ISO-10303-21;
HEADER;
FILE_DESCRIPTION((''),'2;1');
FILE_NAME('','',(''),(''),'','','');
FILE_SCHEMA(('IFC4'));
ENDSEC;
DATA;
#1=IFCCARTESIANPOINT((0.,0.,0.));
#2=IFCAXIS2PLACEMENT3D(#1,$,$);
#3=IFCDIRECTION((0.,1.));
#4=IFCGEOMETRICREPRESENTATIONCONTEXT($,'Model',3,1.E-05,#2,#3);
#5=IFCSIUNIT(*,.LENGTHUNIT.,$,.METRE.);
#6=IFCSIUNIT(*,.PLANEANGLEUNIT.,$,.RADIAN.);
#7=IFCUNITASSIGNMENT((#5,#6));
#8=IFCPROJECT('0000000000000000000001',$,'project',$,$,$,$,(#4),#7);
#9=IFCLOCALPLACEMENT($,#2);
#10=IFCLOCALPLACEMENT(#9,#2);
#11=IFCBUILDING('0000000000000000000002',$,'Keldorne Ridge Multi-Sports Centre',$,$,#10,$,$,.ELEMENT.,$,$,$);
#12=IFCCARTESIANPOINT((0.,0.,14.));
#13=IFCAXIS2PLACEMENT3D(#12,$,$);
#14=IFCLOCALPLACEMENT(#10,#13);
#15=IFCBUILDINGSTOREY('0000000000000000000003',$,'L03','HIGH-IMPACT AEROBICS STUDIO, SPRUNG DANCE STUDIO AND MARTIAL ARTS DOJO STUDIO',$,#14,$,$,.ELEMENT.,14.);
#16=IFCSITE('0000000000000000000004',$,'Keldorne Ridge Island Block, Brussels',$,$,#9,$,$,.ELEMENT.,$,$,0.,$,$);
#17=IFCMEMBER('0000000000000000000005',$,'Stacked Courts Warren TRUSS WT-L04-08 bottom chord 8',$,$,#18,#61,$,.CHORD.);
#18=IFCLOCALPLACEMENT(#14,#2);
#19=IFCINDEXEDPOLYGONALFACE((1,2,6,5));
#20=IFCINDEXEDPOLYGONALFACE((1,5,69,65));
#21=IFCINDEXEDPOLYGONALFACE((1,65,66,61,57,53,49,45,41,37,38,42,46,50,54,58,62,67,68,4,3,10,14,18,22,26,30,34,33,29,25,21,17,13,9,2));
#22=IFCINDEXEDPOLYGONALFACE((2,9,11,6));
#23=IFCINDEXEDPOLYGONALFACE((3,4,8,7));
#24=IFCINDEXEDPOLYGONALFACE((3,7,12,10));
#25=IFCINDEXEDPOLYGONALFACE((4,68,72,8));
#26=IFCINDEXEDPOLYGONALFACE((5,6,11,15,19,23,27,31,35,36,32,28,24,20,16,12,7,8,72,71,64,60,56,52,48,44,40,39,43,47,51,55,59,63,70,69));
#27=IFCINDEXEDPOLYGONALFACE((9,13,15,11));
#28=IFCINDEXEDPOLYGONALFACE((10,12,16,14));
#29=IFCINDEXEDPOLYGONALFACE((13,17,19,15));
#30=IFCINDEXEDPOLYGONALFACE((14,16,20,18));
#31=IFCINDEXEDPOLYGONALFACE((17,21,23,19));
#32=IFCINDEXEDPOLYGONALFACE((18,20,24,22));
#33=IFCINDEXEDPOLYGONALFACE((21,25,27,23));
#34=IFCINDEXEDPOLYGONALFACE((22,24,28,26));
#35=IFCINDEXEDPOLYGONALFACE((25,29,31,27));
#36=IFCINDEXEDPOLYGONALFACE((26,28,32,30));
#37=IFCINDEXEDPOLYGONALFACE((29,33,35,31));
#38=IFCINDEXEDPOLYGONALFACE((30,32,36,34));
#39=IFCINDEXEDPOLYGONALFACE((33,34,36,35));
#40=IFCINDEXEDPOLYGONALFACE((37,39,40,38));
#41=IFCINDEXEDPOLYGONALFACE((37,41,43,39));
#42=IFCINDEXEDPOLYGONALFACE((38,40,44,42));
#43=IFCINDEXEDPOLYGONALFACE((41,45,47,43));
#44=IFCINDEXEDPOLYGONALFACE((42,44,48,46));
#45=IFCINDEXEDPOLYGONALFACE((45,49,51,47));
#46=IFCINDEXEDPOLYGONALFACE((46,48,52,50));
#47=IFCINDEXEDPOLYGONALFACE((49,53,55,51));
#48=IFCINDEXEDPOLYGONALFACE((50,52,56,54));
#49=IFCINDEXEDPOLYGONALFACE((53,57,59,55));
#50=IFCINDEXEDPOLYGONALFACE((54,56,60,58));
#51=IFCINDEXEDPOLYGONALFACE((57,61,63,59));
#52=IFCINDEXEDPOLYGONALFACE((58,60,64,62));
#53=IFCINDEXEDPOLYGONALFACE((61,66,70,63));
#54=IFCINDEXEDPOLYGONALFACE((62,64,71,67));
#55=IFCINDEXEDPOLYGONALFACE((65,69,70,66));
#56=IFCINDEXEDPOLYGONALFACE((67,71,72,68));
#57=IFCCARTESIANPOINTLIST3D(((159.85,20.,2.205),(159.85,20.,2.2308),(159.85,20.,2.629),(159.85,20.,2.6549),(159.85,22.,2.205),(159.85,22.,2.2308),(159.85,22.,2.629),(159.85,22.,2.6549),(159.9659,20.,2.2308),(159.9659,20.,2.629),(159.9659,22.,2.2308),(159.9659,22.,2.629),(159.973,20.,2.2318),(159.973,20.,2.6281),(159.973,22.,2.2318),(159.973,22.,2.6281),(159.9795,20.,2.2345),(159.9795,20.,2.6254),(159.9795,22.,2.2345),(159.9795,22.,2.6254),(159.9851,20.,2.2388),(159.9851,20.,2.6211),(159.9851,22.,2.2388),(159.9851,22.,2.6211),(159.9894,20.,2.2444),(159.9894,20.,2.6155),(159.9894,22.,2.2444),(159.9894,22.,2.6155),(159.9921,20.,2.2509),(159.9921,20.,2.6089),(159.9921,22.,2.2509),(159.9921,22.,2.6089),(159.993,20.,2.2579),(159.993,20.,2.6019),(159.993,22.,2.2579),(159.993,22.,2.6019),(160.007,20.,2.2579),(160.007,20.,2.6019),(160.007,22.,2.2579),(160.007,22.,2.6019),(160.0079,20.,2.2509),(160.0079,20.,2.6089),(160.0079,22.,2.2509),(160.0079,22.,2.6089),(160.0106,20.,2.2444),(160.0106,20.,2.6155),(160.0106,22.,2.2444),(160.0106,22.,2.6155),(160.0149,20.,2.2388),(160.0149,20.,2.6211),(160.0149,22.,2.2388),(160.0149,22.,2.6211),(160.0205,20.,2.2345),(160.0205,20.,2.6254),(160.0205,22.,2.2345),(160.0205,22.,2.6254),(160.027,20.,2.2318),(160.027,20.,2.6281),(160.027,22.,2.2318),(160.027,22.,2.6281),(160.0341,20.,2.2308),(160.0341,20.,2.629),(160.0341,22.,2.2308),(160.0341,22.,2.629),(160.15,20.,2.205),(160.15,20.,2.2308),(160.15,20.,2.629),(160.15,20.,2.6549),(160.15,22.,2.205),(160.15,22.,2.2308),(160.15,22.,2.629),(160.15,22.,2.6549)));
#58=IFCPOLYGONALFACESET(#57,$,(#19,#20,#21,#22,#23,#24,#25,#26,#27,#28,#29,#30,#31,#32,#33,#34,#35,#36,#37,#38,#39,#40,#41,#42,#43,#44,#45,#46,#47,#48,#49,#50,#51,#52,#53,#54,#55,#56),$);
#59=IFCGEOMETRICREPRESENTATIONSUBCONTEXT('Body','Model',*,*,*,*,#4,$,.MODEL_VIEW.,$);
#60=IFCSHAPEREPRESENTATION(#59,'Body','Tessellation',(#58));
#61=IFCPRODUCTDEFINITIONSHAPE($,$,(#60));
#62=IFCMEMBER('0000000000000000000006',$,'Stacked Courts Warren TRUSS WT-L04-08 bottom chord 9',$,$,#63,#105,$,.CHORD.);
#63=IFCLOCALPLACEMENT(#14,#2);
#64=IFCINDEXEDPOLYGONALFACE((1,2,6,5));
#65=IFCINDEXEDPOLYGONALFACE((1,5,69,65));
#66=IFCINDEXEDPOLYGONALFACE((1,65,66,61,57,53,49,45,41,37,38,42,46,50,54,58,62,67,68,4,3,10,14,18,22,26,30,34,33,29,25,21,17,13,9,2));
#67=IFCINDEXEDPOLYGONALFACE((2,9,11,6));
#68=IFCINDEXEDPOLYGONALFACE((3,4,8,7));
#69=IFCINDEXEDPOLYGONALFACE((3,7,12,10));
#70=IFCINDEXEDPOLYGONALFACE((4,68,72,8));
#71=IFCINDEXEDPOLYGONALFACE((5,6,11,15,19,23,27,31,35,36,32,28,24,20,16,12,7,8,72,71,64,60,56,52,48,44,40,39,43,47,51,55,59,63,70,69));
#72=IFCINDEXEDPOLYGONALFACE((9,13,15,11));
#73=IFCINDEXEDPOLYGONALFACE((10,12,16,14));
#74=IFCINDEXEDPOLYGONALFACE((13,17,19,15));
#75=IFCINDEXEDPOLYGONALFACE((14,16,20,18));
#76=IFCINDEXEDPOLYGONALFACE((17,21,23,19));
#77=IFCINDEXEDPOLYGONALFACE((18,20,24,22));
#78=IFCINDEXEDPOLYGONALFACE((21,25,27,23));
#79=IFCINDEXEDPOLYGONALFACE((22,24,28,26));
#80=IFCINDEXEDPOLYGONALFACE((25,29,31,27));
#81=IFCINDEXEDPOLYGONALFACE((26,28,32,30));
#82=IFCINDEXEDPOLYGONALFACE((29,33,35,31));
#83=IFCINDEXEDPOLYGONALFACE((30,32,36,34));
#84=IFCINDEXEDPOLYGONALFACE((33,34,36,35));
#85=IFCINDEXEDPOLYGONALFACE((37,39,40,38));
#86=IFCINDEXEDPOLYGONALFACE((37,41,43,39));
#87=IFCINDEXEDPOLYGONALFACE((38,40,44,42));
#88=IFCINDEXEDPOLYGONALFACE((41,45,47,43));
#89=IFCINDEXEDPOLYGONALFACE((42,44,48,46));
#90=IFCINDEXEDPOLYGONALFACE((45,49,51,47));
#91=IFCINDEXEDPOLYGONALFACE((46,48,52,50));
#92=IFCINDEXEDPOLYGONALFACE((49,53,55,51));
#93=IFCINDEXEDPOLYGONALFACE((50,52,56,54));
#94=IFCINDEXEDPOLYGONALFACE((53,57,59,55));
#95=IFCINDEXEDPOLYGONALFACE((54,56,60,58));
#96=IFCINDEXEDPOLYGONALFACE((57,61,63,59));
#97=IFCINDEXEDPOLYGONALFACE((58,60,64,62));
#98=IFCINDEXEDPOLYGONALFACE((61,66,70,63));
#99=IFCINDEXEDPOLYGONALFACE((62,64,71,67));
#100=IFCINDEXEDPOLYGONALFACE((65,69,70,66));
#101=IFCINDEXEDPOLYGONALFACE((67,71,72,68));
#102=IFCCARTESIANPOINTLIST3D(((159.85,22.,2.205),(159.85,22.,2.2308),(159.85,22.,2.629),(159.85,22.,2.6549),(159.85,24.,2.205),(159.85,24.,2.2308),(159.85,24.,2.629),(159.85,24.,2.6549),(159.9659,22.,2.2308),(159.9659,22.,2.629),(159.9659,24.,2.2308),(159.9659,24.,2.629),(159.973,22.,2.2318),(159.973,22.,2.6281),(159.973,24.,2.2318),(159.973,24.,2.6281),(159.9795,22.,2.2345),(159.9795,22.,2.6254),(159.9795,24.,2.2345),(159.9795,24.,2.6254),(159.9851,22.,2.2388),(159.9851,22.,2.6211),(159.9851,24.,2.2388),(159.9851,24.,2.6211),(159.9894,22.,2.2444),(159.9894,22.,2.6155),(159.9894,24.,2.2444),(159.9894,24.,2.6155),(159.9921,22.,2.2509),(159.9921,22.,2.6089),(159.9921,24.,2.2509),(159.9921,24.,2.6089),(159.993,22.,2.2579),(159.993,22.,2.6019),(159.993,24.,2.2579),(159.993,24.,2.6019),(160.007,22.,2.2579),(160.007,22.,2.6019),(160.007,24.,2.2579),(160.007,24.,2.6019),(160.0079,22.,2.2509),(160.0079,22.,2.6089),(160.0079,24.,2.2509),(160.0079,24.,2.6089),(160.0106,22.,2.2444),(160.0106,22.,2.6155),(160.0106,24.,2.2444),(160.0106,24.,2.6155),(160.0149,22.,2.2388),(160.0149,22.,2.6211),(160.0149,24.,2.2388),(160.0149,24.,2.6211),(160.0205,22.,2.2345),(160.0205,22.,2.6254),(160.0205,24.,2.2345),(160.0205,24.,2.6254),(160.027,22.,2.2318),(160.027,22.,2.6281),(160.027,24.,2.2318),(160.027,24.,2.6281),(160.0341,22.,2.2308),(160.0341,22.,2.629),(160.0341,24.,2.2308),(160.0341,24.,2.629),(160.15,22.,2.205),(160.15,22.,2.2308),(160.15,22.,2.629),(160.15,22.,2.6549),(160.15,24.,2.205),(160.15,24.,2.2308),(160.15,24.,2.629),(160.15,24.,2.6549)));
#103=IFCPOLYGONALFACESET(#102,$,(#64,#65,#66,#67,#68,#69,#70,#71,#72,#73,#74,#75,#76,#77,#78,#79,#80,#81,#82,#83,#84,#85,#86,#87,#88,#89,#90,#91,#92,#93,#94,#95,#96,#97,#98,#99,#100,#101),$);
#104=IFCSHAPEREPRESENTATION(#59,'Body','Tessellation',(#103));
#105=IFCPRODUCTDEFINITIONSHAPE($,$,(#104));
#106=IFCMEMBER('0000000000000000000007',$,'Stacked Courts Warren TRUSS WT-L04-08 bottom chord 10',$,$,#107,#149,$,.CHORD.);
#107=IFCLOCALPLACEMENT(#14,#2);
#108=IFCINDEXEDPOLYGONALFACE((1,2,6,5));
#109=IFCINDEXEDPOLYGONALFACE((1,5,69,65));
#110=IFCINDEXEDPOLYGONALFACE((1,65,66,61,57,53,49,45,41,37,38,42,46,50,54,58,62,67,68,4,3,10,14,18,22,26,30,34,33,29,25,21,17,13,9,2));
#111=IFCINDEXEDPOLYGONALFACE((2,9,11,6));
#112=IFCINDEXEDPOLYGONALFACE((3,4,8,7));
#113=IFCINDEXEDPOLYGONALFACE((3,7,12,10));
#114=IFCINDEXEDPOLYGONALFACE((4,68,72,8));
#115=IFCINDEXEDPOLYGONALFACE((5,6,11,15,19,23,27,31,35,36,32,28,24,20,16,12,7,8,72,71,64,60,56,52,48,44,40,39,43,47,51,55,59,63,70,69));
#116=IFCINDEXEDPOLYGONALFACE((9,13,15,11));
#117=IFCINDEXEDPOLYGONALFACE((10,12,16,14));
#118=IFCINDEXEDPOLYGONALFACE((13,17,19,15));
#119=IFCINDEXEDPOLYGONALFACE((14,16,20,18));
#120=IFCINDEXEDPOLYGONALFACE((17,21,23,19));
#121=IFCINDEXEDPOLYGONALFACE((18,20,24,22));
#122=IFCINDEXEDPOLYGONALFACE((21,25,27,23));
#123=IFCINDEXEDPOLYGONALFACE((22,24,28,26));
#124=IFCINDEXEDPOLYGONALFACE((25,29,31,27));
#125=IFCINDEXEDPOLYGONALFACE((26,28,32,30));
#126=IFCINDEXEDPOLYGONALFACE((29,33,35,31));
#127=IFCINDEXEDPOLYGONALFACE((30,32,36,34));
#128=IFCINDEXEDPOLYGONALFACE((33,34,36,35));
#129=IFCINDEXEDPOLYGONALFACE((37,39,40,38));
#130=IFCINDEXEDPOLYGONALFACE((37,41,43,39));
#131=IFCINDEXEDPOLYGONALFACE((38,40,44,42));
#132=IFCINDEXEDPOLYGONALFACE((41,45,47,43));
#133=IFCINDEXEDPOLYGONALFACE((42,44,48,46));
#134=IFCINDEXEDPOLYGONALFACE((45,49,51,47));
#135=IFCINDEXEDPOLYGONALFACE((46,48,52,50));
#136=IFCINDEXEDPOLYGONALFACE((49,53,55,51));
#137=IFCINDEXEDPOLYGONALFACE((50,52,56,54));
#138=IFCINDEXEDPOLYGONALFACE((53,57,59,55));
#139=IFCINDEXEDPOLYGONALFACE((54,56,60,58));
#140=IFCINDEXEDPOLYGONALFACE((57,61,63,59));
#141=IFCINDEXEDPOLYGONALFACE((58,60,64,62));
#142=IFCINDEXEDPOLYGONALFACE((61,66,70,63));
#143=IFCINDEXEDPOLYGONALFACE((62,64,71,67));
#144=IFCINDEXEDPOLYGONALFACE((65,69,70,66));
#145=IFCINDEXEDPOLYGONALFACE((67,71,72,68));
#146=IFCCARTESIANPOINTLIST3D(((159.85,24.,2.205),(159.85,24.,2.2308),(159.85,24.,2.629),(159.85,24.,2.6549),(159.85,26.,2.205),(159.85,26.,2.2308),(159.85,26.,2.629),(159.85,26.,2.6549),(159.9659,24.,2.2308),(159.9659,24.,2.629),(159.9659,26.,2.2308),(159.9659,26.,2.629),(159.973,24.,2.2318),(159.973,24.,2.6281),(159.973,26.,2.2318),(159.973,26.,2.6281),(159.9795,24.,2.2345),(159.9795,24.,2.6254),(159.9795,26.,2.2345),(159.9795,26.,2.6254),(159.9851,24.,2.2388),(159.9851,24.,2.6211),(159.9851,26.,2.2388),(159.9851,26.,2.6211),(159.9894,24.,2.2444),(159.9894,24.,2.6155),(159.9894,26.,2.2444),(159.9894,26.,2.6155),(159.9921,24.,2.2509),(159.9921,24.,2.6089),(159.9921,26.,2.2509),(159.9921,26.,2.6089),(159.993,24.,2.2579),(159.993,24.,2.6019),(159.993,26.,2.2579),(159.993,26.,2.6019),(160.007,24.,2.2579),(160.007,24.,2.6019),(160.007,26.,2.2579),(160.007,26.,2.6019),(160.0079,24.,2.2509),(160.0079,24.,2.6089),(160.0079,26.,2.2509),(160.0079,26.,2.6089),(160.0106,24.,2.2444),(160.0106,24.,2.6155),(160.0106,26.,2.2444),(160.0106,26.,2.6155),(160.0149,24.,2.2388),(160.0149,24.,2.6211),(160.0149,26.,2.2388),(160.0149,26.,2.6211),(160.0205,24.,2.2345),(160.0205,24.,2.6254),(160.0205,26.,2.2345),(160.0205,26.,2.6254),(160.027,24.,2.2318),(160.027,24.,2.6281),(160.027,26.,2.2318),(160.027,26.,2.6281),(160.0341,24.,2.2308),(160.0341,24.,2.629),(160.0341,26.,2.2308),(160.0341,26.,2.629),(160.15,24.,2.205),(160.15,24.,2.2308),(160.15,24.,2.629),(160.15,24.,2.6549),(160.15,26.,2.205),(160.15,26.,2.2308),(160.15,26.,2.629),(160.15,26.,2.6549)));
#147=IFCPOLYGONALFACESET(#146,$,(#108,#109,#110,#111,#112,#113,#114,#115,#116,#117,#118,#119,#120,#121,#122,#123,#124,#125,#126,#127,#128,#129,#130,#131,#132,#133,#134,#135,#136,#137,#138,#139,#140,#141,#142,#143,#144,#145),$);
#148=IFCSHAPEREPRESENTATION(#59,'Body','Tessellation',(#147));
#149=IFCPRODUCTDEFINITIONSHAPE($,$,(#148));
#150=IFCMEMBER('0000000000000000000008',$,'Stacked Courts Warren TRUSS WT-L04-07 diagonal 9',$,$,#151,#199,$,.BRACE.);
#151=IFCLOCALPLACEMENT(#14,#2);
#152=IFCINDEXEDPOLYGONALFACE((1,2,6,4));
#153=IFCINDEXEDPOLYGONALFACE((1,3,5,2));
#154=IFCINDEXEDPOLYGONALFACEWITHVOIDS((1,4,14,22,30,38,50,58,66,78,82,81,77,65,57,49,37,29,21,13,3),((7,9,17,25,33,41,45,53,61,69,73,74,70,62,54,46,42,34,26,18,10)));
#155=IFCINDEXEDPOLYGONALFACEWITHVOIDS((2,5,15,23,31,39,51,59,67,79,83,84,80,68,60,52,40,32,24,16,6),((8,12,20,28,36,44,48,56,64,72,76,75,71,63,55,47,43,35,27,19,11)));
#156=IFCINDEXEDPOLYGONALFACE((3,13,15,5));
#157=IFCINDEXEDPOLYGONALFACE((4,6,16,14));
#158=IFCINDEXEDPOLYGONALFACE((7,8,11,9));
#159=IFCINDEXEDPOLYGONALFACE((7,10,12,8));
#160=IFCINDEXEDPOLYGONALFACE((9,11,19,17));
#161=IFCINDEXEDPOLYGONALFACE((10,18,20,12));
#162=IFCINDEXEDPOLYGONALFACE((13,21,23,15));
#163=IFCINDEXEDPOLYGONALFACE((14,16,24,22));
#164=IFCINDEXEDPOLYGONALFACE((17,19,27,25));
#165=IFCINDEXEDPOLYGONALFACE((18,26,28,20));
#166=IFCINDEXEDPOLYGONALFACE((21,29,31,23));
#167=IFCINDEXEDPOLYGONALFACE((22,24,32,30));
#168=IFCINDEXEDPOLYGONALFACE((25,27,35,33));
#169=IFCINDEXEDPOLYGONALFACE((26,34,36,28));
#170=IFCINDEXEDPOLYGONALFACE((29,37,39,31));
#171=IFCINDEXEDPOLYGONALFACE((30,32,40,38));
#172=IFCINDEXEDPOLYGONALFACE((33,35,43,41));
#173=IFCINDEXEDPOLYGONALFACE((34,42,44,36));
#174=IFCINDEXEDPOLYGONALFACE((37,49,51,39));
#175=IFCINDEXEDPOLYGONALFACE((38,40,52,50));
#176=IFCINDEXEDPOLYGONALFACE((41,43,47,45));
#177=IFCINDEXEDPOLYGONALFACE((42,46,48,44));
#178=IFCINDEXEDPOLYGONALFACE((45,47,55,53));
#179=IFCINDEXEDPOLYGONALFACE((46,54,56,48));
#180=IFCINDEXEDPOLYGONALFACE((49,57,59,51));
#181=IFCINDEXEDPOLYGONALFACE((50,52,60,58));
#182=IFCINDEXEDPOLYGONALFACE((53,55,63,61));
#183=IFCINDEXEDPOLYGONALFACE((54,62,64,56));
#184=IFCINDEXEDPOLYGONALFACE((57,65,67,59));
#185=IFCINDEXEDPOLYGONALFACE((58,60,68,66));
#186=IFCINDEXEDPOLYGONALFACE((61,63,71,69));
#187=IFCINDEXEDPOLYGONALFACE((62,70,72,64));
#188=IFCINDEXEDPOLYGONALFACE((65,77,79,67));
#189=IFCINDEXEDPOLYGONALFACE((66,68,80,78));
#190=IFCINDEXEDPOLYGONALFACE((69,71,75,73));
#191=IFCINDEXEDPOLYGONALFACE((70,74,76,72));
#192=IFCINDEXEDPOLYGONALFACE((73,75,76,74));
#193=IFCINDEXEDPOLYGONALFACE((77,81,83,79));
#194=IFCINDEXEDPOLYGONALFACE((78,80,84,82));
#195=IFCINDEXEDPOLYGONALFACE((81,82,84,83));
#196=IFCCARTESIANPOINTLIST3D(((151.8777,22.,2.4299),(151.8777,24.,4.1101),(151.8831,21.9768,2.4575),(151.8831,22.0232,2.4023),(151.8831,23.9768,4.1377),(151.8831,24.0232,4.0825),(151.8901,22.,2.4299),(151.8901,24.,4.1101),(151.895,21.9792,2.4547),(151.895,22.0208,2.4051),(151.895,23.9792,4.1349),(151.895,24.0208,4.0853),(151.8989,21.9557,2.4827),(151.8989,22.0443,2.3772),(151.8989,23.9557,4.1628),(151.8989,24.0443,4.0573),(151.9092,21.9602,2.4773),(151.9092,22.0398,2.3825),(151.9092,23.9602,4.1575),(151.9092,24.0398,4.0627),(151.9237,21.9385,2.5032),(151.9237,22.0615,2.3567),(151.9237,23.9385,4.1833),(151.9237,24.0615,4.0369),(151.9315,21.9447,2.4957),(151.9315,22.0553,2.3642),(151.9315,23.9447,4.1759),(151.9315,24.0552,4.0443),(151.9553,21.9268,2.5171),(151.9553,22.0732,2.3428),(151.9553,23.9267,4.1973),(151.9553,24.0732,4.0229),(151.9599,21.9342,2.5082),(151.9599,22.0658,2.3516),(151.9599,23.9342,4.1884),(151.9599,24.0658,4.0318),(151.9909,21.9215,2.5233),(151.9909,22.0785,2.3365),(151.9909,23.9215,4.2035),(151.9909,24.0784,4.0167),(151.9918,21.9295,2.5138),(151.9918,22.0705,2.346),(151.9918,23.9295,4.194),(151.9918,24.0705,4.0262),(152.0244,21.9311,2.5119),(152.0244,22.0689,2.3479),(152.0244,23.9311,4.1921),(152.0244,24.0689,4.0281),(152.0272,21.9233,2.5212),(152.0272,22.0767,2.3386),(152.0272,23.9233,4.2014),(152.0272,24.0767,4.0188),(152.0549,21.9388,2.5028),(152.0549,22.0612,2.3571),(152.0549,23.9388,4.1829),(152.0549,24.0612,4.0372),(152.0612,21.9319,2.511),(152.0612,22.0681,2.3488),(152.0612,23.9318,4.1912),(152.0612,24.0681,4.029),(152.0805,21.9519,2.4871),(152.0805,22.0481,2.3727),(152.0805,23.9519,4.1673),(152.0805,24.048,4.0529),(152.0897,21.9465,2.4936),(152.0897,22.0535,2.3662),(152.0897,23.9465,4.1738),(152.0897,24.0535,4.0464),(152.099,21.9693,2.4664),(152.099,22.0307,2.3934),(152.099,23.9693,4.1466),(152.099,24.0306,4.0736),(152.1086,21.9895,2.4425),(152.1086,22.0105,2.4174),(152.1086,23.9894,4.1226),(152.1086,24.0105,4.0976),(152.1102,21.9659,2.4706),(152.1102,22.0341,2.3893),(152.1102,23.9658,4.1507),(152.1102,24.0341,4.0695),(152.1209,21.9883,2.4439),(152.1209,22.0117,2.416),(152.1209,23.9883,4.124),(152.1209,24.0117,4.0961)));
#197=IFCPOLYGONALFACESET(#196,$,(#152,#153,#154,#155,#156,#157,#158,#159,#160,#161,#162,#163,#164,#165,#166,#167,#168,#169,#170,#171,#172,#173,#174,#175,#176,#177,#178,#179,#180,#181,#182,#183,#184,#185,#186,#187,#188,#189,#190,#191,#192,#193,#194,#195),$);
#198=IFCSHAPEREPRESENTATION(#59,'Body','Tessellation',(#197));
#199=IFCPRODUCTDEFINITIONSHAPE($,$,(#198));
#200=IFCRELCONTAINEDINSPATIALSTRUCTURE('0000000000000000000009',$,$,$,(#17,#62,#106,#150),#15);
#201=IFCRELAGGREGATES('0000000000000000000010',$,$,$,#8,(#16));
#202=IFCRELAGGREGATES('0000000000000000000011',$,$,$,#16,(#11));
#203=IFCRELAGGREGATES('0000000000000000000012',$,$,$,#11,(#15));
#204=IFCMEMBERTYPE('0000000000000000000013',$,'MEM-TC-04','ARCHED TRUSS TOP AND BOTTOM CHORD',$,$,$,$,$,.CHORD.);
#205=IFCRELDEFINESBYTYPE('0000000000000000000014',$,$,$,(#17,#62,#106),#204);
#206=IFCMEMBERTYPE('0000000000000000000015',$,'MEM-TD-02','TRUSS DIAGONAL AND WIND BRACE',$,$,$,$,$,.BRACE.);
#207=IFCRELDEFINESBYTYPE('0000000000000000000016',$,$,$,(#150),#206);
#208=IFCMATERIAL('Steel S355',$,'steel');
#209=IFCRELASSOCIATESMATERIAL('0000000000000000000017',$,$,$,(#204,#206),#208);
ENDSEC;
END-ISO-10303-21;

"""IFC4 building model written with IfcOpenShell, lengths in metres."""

from ifc_helpers import new_model, si_unit, direction, frame, origin, origin_2d, place, context, subcontext, project, spatial, hollow_circle, i_section, extrude, material, material_profile, profile_set, type_object, element, save


model = new_model("IFC4")

# Units and contexts
model_context = context("Model", 3, precision=1e-05, world=origin(), true_north=direction((0.0, 1.0)))
body_context = subcontext(model_context, "Body", "Model", "MODEL_VIEW")
ifc_project = project(units=[si_unit("LENGTHUNIT", "METRE"), si_unit("PLANEANGLEUNIT", "RADIAN")], contexts=[model_context])

# Site, building, storey
site_placement = place(None, origin())
site = spatial("IfcSite", under=ifc_project, at=site_placement, Name="Keldorne Ridge Island Block, Brussels", CompositionType="ELEMENT", RefElevation=0.0)
building_placement = place(site_placement, origin())
building = spatial("IfcBuilding", under=site, at=building_placement, Name="Keldorne Ridge Multi-Sports Centre", CompositionType="ELEMENT")
storey_placement = place(building_placement, frame((0.0, 0.0, 14.0)))
storey = spatial("IfcBuildingStorey", under=building, at=storey_placement, Name="L03", Description="HIGH-IMPACT AEROBICS STUDIO, SPRUNG DANCE STUDIO AND MARTIAL ARTS DOJO STUDIO", CompositionType="ELEMENT", Elevation=14.0)

# Members
ifc_material = material(Name="Steel S355", Category="steel")
ifc_material_profile_1 = material_profile(ifc_material, i_section(OverallWidth=0.3, OverallDepth=0.45, WebThickness=0.0139, FlangeThickness=0.0259, FilletRadius=0.0271, at=origin_2d()), Name="HEB 450")
ifc_profile_set_1 = profile_set([ifc_material_profile_1], Name="Steel S355")
member_type_1 = type_object("IfcMemberType", Name="MEM-TC-04", Description="ARCHED TRUSS TOP AND BOTTOM CHORD", PredefinedType="CHORD", material=ifc_profile_set_1)
for number, where, z_axis, x_axis, name in (
    (1, (160.0, 20.0, 2.4299), (0.0, 1.0, 0.0), (-1.0, 0.0, 0.0), "Stacked Courts Warren TRUSS WT-L04-08 bottom chord 8"),
    (2, (160.0, 22.0, 2.4299), (0.0, 1.0, 0.0), (-1.0, 0.0, 0.0), "Stacked Courts Warren TRUSS WT-L04-08 bottom chord 9"),
    (3, (160.0, 24.0, 2.4299), (0.0, 1.0, 0.0), (-1.0, 0.0, 0.0), "Stacked Courts Warren TRUSS WT-L04-08 bottom chord 10"),
):
    element("IfcMember", number, at=place(storey_placement, frame(where, z_axis=z_axis, x_axis=x_axis)), inside=storey, type_object=member_type_1, Name=name, PredefinedType="CHORD", context=body_context, shape_type="SweptSolid", body=[
        extrude(i_section(OverallWidth=0.3, OverallDepth=0.45, WebThickness=0.0139, FlangeThickness=0.0259, FilletRadius=0.0271, at=origin_2d()), origin(), (0.0, 0.0, 1.0), 2.0),
    ])
ifc_material_profile_2 = material_profile(ifc_material, hollow_circle(Radius=0.1223, WallThickness=0.0125, at=origin_2d()), Name="CHS 244.5x12.5")
ifc_profile_set_2 = profile_set([ifc_material_profile_2], Name="Steel S355")
member_type_2 = type_object("IfcMemberType", Name="MEM-TD-02", Description="TRUSS DIAGONAL AND WIND BRACE", PredefinedType="BRACE", material=ifc_profile_set_2)
for number, where, z_axis, x_axis, name in (
    (4, (152.0, 22.0, 2.4299), (0.0, 0.765672, 0.643232), (-1.0, 0.0, 0.0), "Stacked Courts Warren TRUSS WT-L04-07 diagonal 9"),
):
    element("IfcMember", number, at=place(storey_placement, frame(where, z_axis=z_axis, x_axis=x_axis)), inside=storey, type_object=member_type_2, Name=name, PredefinedType="BRACE", context=body_context, shape_type="SweptSolid", body=[
        extrude(hollow_circle(Radius=0.1223, WallThickness=0.0125, at=origin_2d()), origin(), (0.0, 0.0, 1.0), 2.6121),
    ])

save(model, "model.ifc")
